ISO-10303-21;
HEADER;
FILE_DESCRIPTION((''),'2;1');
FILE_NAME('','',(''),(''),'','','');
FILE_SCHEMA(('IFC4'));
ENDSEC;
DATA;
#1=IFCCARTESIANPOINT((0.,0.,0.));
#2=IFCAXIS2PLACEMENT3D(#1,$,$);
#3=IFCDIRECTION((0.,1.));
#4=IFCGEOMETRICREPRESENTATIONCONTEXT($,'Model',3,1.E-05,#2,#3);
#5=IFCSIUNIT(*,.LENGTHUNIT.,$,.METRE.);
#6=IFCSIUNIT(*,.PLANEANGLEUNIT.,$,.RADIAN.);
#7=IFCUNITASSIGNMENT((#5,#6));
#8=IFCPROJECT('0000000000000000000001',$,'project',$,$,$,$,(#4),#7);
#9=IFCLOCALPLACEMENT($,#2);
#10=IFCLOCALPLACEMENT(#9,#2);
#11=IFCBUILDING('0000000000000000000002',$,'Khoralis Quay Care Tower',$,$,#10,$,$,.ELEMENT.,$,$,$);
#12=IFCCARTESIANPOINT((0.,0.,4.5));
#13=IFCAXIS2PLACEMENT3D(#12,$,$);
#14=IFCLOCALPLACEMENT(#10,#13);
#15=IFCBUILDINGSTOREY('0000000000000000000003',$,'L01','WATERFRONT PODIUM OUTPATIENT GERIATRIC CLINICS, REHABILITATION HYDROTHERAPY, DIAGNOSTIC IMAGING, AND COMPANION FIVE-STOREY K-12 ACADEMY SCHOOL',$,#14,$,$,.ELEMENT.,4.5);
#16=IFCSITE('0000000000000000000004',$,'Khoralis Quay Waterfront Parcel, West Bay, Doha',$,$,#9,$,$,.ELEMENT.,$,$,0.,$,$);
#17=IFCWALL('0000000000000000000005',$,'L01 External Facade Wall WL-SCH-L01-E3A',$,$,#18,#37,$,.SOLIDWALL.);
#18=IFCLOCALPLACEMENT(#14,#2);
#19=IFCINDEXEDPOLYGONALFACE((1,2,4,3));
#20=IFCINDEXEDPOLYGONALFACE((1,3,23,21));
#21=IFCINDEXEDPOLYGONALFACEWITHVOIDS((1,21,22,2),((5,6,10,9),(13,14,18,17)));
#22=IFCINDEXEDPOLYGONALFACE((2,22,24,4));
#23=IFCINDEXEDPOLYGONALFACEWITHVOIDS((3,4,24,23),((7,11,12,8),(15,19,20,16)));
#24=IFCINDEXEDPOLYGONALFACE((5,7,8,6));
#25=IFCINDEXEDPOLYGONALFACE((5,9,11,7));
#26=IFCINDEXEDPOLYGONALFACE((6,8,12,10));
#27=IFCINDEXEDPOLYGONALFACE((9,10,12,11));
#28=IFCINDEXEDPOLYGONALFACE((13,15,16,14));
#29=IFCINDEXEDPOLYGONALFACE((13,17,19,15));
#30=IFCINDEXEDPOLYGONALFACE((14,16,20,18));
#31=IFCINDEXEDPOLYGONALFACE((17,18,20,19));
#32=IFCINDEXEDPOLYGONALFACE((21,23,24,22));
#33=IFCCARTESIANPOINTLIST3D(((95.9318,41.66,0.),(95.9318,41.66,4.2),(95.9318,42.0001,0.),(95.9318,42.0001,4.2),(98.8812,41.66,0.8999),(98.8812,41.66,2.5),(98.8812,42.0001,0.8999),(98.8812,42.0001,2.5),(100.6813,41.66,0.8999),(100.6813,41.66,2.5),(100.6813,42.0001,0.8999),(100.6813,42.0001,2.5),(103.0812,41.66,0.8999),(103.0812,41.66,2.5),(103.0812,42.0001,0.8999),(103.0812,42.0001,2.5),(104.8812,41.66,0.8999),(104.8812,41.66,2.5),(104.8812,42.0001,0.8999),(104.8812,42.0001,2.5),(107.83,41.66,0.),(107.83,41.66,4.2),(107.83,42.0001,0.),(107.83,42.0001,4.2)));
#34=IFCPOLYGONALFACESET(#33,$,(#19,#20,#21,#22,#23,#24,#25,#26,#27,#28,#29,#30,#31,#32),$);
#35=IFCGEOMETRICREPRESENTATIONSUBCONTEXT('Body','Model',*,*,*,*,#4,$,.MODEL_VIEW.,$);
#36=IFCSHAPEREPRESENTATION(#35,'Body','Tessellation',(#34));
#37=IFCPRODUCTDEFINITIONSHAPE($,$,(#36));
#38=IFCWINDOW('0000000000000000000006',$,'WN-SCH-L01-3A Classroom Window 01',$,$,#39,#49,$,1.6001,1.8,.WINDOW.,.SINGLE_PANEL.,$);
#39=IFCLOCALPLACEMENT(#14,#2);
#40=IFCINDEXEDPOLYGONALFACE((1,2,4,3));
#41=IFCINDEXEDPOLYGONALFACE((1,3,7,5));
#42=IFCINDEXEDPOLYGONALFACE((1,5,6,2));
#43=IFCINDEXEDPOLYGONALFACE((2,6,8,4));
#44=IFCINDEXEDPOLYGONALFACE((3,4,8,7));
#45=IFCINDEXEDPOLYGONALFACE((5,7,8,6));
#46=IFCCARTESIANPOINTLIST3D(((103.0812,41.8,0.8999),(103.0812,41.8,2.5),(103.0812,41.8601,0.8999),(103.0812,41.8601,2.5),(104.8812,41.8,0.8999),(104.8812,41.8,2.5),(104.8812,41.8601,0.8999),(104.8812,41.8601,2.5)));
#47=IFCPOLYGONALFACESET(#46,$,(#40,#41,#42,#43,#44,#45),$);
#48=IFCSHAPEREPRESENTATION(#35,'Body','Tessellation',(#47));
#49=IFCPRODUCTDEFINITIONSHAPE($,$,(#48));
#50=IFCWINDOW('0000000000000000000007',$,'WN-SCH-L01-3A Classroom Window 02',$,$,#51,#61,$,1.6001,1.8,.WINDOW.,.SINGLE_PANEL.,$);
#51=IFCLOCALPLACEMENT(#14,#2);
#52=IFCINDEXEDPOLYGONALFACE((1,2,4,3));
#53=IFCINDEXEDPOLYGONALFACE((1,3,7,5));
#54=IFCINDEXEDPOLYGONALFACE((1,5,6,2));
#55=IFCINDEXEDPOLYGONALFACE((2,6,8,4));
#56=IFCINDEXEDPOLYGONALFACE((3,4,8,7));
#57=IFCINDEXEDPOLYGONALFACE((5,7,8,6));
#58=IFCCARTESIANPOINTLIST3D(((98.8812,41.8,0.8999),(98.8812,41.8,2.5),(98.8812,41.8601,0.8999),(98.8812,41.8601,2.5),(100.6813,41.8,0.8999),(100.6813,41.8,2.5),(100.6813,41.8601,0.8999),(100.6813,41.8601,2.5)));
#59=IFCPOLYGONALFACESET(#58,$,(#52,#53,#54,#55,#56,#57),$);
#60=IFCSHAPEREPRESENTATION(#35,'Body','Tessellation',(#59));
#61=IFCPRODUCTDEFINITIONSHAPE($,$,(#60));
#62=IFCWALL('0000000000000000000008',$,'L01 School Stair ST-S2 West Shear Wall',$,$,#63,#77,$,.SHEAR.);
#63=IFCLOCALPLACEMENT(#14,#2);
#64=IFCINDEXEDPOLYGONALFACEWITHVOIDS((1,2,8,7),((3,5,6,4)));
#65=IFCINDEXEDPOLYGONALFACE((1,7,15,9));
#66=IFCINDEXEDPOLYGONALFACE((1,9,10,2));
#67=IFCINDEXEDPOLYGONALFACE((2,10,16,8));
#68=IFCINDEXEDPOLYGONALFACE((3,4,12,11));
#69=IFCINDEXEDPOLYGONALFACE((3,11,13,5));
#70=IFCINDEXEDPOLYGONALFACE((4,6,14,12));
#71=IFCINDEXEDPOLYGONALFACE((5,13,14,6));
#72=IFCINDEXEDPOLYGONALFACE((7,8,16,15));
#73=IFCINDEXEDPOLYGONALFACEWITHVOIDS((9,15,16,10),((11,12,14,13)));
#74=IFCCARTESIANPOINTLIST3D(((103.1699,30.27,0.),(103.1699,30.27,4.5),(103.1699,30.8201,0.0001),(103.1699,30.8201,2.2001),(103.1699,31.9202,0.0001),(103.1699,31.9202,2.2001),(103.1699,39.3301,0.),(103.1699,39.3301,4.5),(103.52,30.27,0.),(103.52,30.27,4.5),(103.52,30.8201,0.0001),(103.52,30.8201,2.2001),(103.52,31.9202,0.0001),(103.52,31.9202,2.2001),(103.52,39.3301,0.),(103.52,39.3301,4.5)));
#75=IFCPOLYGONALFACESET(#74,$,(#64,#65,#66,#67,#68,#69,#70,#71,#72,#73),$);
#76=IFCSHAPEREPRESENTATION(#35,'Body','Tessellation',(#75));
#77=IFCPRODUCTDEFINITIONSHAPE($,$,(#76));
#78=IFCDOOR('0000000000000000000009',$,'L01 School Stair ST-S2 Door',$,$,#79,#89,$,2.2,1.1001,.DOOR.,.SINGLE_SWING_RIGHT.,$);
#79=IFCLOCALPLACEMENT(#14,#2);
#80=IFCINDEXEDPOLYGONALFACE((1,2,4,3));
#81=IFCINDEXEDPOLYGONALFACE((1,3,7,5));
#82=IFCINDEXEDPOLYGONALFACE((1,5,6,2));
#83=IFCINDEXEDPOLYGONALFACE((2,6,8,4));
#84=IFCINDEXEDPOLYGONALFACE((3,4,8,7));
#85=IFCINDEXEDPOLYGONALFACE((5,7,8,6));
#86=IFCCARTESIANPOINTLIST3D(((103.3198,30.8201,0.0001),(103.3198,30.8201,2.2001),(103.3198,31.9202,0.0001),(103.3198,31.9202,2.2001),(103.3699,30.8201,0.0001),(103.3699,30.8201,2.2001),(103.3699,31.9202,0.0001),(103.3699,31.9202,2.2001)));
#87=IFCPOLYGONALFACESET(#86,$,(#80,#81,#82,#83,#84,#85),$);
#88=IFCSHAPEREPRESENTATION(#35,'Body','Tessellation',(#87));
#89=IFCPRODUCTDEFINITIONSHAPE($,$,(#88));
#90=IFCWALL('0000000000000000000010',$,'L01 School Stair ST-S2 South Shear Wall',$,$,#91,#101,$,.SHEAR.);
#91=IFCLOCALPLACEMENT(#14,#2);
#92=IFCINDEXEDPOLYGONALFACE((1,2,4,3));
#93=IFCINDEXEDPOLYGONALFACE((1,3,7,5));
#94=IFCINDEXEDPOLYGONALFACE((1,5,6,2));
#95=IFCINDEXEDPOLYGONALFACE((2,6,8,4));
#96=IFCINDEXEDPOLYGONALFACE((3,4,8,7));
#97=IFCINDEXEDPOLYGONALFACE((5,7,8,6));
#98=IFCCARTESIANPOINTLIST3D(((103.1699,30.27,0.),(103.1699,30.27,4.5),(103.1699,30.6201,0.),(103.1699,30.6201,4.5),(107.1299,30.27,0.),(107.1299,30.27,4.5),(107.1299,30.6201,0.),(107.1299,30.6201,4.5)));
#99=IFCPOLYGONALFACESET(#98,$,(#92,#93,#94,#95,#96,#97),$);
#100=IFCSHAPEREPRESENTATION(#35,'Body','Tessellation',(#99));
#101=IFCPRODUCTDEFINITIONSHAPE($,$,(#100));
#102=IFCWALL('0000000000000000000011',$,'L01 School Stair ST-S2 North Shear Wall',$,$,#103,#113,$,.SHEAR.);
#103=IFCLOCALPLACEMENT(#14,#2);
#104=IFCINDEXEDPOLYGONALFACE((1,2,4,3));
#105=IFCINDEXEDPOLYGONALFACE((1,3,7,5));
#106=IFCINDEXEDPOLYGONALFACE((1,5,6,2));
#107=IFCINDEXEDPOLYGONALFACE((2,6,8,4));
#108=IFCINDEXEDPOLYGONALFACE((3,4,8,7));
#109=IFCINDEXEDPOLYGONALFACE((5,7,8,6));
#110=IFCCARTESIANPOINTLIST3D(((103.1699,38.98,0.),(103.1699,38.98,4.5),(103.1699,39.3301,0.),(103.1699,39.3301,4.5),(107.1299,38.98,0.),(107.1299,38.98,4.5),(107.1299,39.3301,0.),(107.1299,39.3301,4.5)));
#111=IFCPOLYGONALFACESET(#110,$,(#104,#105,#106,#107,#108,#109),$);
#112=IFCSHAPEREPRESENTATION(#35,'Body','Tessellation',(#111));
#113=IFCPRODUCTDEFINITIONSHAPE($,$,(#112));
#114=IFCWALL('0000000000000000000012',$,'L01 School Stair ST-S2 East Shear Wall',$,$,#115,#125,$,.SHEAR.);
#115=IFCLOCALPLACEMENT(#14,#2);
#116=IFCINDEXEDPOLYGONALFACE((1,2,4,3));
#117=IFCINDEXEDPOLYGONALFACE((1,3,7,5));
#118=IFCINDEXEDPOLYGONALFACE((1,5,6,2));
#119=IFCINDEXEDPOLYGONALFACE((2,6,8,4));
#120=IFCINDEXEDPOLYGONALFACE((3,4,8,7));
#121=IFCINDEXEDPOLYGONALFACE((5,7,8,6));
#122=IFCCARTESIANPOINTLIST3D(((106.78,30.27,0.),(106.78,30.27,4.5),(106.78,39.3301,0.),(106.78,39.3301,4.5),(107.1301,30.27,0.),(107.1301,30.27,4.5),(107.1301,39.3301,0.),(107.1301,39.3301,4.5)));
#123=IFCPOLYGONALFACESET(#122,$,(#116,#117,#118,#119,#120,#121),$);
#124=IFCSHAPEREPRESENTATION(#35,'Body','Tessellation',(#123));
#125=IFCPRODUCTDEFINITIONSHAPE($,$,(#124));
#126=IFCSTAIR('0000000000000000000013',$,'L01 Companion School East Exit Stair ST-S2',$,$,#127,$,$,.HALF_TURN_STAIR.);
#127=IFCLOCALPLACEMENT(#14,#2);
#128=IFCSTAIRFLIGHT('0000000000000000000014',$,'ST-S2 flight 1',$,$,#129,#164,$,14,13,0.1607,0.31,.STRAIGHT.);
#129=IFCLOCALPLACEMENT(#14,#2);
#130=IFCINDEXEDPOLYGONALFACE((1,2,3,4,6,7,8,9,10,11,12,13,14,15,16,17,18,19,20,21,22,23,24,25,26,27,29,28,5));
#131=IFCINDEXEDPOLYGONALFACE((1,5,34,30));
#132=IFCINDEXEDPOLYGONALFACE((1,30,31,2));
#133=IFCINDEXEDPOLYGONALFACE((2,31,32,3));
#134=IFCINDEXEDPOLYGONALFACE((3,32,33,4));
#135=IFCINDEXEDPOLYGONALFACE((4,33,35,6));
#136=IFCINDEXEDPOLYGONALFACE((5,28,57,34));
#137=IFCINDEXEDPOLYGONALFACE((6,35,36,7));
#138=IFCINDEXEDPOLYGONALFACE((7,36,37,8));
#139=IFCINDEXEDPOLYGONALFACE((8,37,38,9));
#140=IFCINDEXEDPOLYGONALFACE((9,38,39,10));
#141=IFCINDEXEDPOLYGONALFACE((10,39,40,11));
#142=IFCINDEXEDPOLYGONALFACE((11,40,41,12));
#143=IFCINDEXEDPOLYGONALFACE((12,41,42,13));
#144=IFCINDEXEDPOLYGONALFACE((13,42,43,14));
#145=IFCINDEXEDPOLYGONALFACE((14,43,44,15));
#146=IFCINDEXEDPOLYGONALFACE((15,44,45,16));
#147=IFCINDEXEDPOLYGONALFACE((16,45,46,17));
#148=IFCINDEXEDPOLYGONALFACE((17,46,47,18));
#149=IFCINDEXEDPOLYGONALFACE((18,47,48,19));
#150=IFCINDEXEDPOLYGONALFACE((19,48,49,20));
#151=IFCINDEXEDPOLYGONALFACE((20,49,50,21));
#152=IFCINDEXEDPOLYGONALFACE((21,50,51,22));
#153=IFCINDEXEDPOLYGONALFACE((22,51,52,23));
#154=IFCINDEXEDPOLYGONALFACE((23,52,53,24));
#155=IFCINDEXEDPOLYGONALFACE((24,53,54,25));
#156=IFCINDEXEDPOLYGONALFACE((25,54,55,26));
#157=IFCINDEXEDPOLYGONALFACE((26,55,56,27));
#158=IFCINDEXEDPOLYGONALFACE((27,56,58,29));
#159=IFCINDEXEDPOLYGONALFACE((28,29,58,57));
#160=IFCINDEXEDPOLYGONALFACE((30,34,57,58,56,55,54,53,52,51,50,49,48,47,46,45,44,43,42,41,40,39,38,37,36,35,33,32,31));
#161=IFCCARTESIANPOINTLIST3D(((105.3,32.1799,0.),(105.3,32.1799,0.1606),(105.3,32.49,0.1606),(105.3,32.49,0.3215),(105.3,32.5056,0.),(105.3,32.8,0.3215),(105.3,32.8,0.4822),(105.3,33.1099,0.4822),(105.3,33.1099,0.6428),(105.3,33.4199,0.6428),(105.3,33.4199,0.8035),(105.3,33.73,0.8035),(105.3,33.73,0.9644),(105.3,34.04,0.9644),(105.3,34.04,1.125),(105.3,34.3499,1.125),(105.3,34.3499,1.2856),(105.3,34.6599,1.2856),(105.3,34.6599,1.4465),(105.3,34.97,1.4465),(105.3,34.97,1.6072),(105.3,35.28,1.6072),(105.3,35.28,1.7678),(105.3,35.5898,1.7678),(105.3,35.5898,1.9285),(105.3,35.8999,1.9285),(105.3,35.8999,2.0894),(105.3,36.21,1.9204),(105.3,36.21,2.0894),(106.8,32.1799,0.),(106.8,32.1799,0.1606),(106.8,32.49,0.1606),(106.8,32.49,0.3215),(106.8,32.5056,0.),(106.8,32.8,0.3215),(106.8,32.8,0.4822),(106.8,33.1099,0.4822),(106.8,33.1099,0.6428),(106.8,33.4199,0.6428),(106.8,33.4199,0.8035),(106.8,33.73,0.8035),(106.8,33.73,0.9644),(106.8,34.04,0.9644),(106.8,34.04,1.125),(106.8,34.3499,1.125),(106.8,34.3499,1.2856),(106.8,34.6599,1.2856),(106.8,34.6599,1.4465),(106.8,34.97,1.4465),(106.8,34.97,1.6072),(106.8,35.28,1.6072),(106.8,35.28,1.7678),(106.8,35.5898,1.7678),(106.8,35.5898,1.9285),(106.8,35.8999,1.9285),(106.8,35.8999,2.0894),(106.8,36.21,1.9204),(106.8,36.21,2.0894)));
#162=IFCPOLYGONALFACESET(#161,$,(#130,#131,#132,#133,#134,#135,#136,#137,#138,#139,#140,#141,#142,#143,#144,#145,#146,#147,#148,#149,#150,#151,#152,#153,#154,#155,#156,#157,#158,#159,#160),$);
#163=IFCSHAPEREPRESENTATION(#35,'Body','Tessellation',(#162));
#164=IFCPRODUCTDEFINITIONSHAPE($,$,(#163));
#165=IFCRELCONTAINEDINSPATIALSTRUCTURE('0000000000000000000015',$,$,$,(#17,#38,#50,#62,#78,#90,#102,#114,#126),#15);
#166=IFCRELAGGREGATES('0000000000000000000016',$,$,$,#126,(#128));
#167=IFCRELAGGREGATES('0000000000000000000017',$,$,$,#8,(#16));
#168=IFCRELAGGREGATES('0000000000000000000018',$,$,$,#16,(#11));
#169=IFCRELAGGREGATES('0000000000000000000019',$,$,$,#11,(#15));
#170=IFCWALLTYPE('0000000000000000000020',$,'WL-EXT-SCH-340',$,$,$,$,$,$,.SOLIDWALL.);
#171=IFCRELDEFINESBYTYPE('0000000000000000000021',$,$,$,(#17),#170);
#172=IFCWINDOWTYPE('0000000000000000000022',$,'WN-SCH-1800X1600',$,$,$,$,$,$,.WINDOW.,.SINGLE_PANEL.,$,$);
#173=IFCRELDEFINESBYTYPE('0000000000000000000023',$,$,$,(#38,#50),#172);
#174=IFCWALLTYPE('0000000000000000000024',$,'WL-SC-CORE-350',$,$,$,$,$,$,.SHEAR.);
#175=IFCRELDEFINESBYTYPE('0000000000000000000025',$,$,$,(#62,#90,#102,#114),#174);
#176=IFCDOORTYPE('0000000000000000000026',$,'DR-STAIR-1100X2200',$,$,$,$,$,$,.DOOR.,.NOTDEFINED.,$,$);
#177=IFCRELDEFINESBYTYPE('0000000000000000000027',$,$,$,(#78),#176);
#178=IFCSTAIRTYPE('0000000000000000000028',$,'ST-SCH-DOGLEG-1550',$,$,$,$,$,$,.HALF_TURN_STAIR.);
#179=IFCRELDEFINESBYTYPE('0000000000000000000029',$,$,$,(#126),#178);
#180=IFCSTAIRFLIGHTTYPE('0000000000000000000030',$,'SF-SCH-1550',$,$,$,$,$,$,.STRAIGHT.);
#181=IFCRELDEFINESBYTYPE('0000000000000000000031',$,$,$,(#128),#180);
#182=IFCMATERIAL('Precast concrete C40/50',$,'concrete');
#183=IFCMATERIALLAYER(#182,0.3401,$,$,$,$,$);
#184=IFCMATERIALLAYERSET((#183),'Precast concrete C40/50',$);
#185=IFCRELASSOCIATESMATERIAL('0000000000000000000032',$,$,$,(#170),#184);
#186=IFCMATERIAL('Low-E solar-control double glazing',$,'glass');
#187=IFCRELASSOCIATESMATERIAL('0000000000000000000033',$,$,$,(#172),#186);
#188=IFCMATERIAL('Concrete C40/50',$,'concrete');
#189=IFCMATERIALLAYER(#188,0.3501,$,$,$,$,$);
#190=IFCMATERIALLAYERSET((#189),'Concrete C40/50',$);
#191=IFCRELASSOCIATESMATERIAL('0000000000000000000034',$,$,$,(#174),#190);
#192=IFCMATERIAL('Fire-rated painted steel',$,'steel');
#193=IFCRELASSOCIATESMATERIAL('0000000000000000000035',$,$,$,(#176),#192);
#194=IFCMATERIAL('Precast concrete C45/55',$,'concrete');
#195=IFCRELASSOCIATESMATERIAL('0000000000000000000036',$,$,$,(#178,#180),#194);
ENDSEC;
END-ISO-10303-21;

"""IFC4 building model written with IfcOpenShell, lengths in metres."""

from ifc_helpers import new_model, si_unit, direction, frame, frame_2d, origin, place, context, subcontext, project, spatial, polyline, rectangle, outline, extrude, source, transform, mapped, material, layer, layer_set, type_object, element, fill, aggregate, save


model = new_model("IFC4")

# Units and contexts
model_context = context("Model", 3, precision=1e-05, world=origin(), true_north=direction((0.0, 1.0)))
body_context = subcontext(model_context, "Body", "Model", "MODEL_VIEW")
ifc_project = project(units=[si_unit("LENGTHUNIT", "METRE"), si_unit("PLANEANGLEUNIT", "RADIAN")], contexts=[model_context])

# Site, building, storey
site_placement = place(None, origin())
site = spatial("IfcSite", under=ifc_project, at=site_placement, Name="Khoralis Quay Waterfront Parcel, West Bay, Doha", CompositionType="ELEMENT", RefElevation=0.0)
building_placement = place(site_placement, origin())
building = spatial("IfcBuilding", under=site, at=building_placement, Name="Khoralis Quay Care Tower", CompositionType="ELEMENT")
storey_placement = place(building_placement, frame((0.0, 0.0, 4.5)))
storey = spatial("IfcBuildingStorey", under=building, at=storey_placement, Name="L01", Description="WATERFRONT PODIUM OUTPATIENT GERIATRIC CLINICS, REHABILITATION HYDROTHERAPY, DIAGNOSTIC IMAGING, AND COMPANION FIVE-STOREY K-12 ACADEMY SCHOOL", CompositionType="ELEMENT", Elevation=4.5)

# Shared definitions
ifc_material_1 = material(Name="Concrete C40/50", Category="concrete")

# Wall, openings, windows
ifc_material_2 = material(Name="Precast concrete C40/50", Category="concrete")
ifc_layer_1 = layer(ifc_material_2, 0.3401)
ifc_layer_set_1 = layer_set([ifc_layer_1], Name="Precast concrete C40/50")
wall_type_1 = type_object("IfcWallType", Name="WL-EXT-SCH-340", PredefinedType="SOLIDWALL", material=ifc_layer_set_1)
wall_1_placement = place(storey_placement, frame((107.8301, 41.8301, 0.0), z_axis=(0.0, 0.0, 1.0), x_axis=(-1.0, 0.0, 0.0)))
wall_1 = element("IfcWall", 1, at=wall_1_placement, inside=storey, type_object=wall_type_1, Name="L01 External Facade Wall WL-SCH-L01-E3A", PredefinedType="SOLIDWALL", context=body_context, shape_type="SweptSolid", body=[
    extrude(rectangle(XDim=11.8982, YDim=0.3401, at=frame_2d((5.9492, 0.0))), origin(), (0.0, 0.0, 1.0), 4.2),
])
opening_1_placement = place(wall_1_placement, frame((2.949, 0.0, 0.8999)))
opening_1 = element("IfcOpeningElement", 2, at=opening_1_placement, cuts=wall_1, PredefinedType="OPENING", context=body_context, shape_type="SweptSolid", body=[
    extrude(rectangle(XDim=1.8, YDim=1.6001, at=frame_2d((0.8999, 0.8))), frame((0.0, 0.1802, 0.0), z_axis=(0.0, -1.0, 0.0), x_axis=(1.0, 0.0, 0.0)), (0.0, 0.0, 1.0), 0.3601),
])
opening_2_placement = place(wall_1_placement, frame((7.1489, 0.0, 0.8999)))
opening_2 = element("IfcOpeningElement", 3, at=opening_2_placement, cuts=wall_1, PredefinedType="OPENING", context=body_context, shape_type="SweptSolid", body=[
    extrude(rectangle(XDim=1.8, YDim=1.6001, at=frame_2d((0.8999, 0.8))), frame((0.0, 0.1802, 0.0), z_axis=(0.0, -1.0, 0.0), x_axis=(1.0, 0.0, 0.0)), (0.0, 0.0, 1.0), 0.3601),
])
ifc_material_3 = material(Name="Low-E solar-control double glazing", Category="glass")
window_type = type_object("IfcWindowType", Name="WN-SCH-1800X1600", PartitioningType="SINGLE_PANEL", PredefinedType="WINDOW", material=ifc_material_3)
shared_shape_1 = source(origin(), body_context, "Body", "SweptSolid", [
    extrude(rectangle(XDim=1.8, YDim=1.6001, at=frame_2d((0.8999, 0.8))), frame((0.0, 0.03, 0.0), z_axis=(0.0, -1.0, 0.0), x_axis=(1.0, 0.0, 0.0)), (0.0, 0.0, 1.0), 0.0601),
])
window_1_placement = place(opening_1_placement, origin())
window_1 = element("IfcWindow", 4, at=window_1_placement, inside=storey, type_object=window_type, Name="WN-SCH-L01-3A Classroom Window 01", OverallHeight=1.6001, OverallWidth=1.8, PartitioningType="SINGLE_PANEL", PredefinedType="WINDOW", context=body_context, shape_type="MappedRepresentation", body=[
    mapped(shared_shape_1, transform((0.0, 0.0, 0.0), scale=1.0)),
])
fill(opening_1, window_1)
window_2_placement = place(opening_2_placement, origin())
window_2 = element("IfcWindow", 5, at=window_2_placement, inside=storey, type_object=window_type, Name="WN-SCH-L01-3A Classroom Window 02", OverallHeight=1.6001, OverallWidth=1.8, PartitioningType="SINGLE_PANEL", PredefinedType="WINDOW", context=body_context, shape_type="MappedRepresentation", body=[
    mapped(shared_shape_1, transform((0.0, 0.0, 0.0), scale=1.0)),
])
fill(opening_2, window_2)

# Wall, opening, door
ifc_layer_2 = layer(ifc_material_1, 0.3501)
ifc_layer_set_2 = layer_set([ifc_layer_2], Name="Concrete C40/50")
wall_type_2 = type_object("IfcWallType", Name="WL-SC-CORE-350", PredefinedType="SHEAR", material=ifc_layer_set_2)
wall_2_placement = place(storey_placement, frame((103.345, 30.27, 0.0), z_axis=(0.0, 0.0, 1.0), x_axis=(0.0, 1.0, 0.0)))
wall_2 = element("IfcWall", 6, at=wall_2_placement, inside=storey, type_object=wall_type_2, Name="L01 School Stair ST-S2 West Shear Wall", PredefinedType="SHEAR", context=body_context, shape_type="SweptSolid", body=[
    extrude(rectangle(XDim=9.0601, YDim=0.3501, at=frame_2d((4.53, 0.0))), origin(), (0.0, 0.0, 1.0), 4.5),
])
opening_3_placement = place(wall_2_placement, frame((0.55, 0.0, 0.0)))
opening_3 = element("IfcOpeningElement", 7, at=opening_3_placement, cuts=wall_2, PredefinedType="OPENING", context=body_context, shape_type="SweptSolid", body=[
    extrude(rectangle(XDim=1.1001, YDim=2.2, at=frame_2d((0.55, 1.1001))), frame((0.0, 0.1851, 0.0), z_axis=(0.0, -1.0, 0.0), x_axis=(1.0, 0.0, 0.0)), (0.0, 0.0, 1.0), 0.3701),
])
ifc_material_4 = material(Name="Fire-rated painted steel", Category="steel")
door_type = type_object("IfcDoorType", Name="DR-STAIR-1100X2200", OperationType="NOTDEFINED", PredefinedType="DOOR", material=ifc_material_4)
shared_shape_2 = source(origin(), body_context, "Body", "SweptSolid", [
    extrude(rectangle(XDim=1.1001, YDim=2.2, at=frame_2d((0.55, 1.1001))), frame((0.0, 0.0249, 0.0), z_axis=(0.0, -1.0, 0.0), x_axis=(1.0, 0.0, 0.0)), (0.0, 0.0, 1.0), 0.05),
])
door_placement = place(opening_3_placement, frame((1.1001, 0.0, 0.0), z_axis=(0.0, 0.0, 1.0), x_axis=(-1.0, 0.0, 0.0)))
door = element("IfcDoor", 8, at=door_placement, inside=storey, type_object=door_type, Name="L01 School Stair ST-S2 Door", OperationType="SINGLE_SWING_RIGHT", OverallHeight=2.2, OverallWidth=1.1001, PredefinedType="DOOR", context=body_context, shape_type="MappedRepresentation", body=[
    mapped(shared_shape_2, transform((0.0, 0.0, 0.0), scale=1.0)),
])
fill(opening_3, door)

# Walls
for number, where, z_axis, x_axis, name in (
    (9, (103.1699, 30.4451, 0.0), (0.0, 0.0, 1.0), (1.0, 0.0, 0.0), "L01 School Stair ST-S2 South Shear Wall"),
    (10, (103.1699, 39.155, 0.0), (0.0, 0.0, 1.0), (1.0, 0.0, 0.0), "L01 School Stair ST-S2 North Shear Wall"),
):
    element("IfcWall", number, at=place(storey_placement, frame(where, z_axis=z_axis, x_axis=x_axis)), inside=storey, type_object=wall_type_2, Name=name, PredefinedType="SHEAR", context=body_context, shape_type="SweptSolid", body=[
        extrude(rectangle(XDim=3.96, YDim=0.3501, at=frame_2d((1.98, 0.0))), origin(), (0.0, 0.0, 1.0), 4.5),
    ])
wall_3_placement = place(storey_placement, frame((106.9551, 30.27, 0.0), z_axis=(0.0, 0.0, 1.0), x_axis=(0.0, 1.0, 0.0)))
element("IfcWall", 11, at=wall_3_placement, inside=storey, type_object=wall_type_2, Name="L01 School Stair ST-S2 East Shear Wall", PredefinedType="SHEAR", context=body_context, shape_type="SweptSolid", body=[
    extrude(rectangle(XDim=9.0601, YDim=0.3501, at=frame_2d((4.53, 0.0))), origin(), (0.0, 0.0, 1.0), 4.5),
])

# Stair, stair flight
ifc_material_5 = material(Name="Precast concrete C45/55", Category="concrete")
stair_type = type_object("IfcStairType", Name="ST-SCH-DOGLEG-1550", PredefinedType="HALF_TURN_STAIR", material=ifc_material_5)
stair_placement = place(storey_placement, origin())
stair = element("IfcStair", 12, at=stair_placement, inside=storey, type_object=stair_type, Name="L01 Companion School East Exit Stair ST-S2", PredefinedType="HALF_TURN_STAIR")
stair_flight_type = type_object("IfcStairFlightType", Name="SF-SCH-1550", PredefinedType="STRAIGHT", material=ifc_material_5)
shared_shape_3 = source(origin(), body_context, "Body", "SweptSolid", [
    extrude(outline(polyline([(0.0, 0.0), (0.0, 0.1606), (0.3101, 0.1606), (0.3101, 0.3215), (0.6201, 0.3215), (0.6201, 0.4822), (0.9299, 0.4822), (0.9299, 0.6428), (1.24, 0.6428), (1.24, 0.8035), (1.55, 0.8035), (1.55, 0.9644), (1.8601, 0.9644), (1.8601, 1.125), (2.1699, 1.125), (2.1699, 1.2856), (2.48, 1.2856), (2.48, 1.4465), (2.79, 1.4465), (2.79, 1.6072), (3.1001, 1.6072), (3.1001, 1.7678), (3.4099, 1.7678), (3.4099, 1.9285), (3.72, 1.9285), (3.72, 2.0894), (4.03, 2.0894), (4.03, 2.25), (4.03, 1.9204), (0.3257, 0.0), (0.0, 0.0)])), frame((0.0, 0.75, 0.0), z_axis=(0.0, -1.0, 0.0), x_axis=(1.0, 0.0, 0.0)), (0.0, 0.0, 1.0), 1.5),
])
stair_flight_1_placement = place(storey_placement, frame((106.05, 32.1799, 0.0), z_axis=(0.0, 0.0, 1.0), x_axis=(0.0, 1.0, 0.0)))
stair_flight_1 = element("IfcStairFlight", 13, at=stair_flight_1_placement, type_object=stair_flight_type, Name="ST-S2 flight 1", NumberOfRisers=14, NumberOfTreads=13, PredefinedType="STRAIGHT", RiserHeight=0.1607, TreadLength=0.31, context=body_context, shape_type="MappedRepresentation", body=[
    mapped(shared_shape_3, transform((0.0, 0.0, 0.0), scale=1.0)),
])
aggregate(stair, [stair_flight_1])

save(model, "model.ifc")
